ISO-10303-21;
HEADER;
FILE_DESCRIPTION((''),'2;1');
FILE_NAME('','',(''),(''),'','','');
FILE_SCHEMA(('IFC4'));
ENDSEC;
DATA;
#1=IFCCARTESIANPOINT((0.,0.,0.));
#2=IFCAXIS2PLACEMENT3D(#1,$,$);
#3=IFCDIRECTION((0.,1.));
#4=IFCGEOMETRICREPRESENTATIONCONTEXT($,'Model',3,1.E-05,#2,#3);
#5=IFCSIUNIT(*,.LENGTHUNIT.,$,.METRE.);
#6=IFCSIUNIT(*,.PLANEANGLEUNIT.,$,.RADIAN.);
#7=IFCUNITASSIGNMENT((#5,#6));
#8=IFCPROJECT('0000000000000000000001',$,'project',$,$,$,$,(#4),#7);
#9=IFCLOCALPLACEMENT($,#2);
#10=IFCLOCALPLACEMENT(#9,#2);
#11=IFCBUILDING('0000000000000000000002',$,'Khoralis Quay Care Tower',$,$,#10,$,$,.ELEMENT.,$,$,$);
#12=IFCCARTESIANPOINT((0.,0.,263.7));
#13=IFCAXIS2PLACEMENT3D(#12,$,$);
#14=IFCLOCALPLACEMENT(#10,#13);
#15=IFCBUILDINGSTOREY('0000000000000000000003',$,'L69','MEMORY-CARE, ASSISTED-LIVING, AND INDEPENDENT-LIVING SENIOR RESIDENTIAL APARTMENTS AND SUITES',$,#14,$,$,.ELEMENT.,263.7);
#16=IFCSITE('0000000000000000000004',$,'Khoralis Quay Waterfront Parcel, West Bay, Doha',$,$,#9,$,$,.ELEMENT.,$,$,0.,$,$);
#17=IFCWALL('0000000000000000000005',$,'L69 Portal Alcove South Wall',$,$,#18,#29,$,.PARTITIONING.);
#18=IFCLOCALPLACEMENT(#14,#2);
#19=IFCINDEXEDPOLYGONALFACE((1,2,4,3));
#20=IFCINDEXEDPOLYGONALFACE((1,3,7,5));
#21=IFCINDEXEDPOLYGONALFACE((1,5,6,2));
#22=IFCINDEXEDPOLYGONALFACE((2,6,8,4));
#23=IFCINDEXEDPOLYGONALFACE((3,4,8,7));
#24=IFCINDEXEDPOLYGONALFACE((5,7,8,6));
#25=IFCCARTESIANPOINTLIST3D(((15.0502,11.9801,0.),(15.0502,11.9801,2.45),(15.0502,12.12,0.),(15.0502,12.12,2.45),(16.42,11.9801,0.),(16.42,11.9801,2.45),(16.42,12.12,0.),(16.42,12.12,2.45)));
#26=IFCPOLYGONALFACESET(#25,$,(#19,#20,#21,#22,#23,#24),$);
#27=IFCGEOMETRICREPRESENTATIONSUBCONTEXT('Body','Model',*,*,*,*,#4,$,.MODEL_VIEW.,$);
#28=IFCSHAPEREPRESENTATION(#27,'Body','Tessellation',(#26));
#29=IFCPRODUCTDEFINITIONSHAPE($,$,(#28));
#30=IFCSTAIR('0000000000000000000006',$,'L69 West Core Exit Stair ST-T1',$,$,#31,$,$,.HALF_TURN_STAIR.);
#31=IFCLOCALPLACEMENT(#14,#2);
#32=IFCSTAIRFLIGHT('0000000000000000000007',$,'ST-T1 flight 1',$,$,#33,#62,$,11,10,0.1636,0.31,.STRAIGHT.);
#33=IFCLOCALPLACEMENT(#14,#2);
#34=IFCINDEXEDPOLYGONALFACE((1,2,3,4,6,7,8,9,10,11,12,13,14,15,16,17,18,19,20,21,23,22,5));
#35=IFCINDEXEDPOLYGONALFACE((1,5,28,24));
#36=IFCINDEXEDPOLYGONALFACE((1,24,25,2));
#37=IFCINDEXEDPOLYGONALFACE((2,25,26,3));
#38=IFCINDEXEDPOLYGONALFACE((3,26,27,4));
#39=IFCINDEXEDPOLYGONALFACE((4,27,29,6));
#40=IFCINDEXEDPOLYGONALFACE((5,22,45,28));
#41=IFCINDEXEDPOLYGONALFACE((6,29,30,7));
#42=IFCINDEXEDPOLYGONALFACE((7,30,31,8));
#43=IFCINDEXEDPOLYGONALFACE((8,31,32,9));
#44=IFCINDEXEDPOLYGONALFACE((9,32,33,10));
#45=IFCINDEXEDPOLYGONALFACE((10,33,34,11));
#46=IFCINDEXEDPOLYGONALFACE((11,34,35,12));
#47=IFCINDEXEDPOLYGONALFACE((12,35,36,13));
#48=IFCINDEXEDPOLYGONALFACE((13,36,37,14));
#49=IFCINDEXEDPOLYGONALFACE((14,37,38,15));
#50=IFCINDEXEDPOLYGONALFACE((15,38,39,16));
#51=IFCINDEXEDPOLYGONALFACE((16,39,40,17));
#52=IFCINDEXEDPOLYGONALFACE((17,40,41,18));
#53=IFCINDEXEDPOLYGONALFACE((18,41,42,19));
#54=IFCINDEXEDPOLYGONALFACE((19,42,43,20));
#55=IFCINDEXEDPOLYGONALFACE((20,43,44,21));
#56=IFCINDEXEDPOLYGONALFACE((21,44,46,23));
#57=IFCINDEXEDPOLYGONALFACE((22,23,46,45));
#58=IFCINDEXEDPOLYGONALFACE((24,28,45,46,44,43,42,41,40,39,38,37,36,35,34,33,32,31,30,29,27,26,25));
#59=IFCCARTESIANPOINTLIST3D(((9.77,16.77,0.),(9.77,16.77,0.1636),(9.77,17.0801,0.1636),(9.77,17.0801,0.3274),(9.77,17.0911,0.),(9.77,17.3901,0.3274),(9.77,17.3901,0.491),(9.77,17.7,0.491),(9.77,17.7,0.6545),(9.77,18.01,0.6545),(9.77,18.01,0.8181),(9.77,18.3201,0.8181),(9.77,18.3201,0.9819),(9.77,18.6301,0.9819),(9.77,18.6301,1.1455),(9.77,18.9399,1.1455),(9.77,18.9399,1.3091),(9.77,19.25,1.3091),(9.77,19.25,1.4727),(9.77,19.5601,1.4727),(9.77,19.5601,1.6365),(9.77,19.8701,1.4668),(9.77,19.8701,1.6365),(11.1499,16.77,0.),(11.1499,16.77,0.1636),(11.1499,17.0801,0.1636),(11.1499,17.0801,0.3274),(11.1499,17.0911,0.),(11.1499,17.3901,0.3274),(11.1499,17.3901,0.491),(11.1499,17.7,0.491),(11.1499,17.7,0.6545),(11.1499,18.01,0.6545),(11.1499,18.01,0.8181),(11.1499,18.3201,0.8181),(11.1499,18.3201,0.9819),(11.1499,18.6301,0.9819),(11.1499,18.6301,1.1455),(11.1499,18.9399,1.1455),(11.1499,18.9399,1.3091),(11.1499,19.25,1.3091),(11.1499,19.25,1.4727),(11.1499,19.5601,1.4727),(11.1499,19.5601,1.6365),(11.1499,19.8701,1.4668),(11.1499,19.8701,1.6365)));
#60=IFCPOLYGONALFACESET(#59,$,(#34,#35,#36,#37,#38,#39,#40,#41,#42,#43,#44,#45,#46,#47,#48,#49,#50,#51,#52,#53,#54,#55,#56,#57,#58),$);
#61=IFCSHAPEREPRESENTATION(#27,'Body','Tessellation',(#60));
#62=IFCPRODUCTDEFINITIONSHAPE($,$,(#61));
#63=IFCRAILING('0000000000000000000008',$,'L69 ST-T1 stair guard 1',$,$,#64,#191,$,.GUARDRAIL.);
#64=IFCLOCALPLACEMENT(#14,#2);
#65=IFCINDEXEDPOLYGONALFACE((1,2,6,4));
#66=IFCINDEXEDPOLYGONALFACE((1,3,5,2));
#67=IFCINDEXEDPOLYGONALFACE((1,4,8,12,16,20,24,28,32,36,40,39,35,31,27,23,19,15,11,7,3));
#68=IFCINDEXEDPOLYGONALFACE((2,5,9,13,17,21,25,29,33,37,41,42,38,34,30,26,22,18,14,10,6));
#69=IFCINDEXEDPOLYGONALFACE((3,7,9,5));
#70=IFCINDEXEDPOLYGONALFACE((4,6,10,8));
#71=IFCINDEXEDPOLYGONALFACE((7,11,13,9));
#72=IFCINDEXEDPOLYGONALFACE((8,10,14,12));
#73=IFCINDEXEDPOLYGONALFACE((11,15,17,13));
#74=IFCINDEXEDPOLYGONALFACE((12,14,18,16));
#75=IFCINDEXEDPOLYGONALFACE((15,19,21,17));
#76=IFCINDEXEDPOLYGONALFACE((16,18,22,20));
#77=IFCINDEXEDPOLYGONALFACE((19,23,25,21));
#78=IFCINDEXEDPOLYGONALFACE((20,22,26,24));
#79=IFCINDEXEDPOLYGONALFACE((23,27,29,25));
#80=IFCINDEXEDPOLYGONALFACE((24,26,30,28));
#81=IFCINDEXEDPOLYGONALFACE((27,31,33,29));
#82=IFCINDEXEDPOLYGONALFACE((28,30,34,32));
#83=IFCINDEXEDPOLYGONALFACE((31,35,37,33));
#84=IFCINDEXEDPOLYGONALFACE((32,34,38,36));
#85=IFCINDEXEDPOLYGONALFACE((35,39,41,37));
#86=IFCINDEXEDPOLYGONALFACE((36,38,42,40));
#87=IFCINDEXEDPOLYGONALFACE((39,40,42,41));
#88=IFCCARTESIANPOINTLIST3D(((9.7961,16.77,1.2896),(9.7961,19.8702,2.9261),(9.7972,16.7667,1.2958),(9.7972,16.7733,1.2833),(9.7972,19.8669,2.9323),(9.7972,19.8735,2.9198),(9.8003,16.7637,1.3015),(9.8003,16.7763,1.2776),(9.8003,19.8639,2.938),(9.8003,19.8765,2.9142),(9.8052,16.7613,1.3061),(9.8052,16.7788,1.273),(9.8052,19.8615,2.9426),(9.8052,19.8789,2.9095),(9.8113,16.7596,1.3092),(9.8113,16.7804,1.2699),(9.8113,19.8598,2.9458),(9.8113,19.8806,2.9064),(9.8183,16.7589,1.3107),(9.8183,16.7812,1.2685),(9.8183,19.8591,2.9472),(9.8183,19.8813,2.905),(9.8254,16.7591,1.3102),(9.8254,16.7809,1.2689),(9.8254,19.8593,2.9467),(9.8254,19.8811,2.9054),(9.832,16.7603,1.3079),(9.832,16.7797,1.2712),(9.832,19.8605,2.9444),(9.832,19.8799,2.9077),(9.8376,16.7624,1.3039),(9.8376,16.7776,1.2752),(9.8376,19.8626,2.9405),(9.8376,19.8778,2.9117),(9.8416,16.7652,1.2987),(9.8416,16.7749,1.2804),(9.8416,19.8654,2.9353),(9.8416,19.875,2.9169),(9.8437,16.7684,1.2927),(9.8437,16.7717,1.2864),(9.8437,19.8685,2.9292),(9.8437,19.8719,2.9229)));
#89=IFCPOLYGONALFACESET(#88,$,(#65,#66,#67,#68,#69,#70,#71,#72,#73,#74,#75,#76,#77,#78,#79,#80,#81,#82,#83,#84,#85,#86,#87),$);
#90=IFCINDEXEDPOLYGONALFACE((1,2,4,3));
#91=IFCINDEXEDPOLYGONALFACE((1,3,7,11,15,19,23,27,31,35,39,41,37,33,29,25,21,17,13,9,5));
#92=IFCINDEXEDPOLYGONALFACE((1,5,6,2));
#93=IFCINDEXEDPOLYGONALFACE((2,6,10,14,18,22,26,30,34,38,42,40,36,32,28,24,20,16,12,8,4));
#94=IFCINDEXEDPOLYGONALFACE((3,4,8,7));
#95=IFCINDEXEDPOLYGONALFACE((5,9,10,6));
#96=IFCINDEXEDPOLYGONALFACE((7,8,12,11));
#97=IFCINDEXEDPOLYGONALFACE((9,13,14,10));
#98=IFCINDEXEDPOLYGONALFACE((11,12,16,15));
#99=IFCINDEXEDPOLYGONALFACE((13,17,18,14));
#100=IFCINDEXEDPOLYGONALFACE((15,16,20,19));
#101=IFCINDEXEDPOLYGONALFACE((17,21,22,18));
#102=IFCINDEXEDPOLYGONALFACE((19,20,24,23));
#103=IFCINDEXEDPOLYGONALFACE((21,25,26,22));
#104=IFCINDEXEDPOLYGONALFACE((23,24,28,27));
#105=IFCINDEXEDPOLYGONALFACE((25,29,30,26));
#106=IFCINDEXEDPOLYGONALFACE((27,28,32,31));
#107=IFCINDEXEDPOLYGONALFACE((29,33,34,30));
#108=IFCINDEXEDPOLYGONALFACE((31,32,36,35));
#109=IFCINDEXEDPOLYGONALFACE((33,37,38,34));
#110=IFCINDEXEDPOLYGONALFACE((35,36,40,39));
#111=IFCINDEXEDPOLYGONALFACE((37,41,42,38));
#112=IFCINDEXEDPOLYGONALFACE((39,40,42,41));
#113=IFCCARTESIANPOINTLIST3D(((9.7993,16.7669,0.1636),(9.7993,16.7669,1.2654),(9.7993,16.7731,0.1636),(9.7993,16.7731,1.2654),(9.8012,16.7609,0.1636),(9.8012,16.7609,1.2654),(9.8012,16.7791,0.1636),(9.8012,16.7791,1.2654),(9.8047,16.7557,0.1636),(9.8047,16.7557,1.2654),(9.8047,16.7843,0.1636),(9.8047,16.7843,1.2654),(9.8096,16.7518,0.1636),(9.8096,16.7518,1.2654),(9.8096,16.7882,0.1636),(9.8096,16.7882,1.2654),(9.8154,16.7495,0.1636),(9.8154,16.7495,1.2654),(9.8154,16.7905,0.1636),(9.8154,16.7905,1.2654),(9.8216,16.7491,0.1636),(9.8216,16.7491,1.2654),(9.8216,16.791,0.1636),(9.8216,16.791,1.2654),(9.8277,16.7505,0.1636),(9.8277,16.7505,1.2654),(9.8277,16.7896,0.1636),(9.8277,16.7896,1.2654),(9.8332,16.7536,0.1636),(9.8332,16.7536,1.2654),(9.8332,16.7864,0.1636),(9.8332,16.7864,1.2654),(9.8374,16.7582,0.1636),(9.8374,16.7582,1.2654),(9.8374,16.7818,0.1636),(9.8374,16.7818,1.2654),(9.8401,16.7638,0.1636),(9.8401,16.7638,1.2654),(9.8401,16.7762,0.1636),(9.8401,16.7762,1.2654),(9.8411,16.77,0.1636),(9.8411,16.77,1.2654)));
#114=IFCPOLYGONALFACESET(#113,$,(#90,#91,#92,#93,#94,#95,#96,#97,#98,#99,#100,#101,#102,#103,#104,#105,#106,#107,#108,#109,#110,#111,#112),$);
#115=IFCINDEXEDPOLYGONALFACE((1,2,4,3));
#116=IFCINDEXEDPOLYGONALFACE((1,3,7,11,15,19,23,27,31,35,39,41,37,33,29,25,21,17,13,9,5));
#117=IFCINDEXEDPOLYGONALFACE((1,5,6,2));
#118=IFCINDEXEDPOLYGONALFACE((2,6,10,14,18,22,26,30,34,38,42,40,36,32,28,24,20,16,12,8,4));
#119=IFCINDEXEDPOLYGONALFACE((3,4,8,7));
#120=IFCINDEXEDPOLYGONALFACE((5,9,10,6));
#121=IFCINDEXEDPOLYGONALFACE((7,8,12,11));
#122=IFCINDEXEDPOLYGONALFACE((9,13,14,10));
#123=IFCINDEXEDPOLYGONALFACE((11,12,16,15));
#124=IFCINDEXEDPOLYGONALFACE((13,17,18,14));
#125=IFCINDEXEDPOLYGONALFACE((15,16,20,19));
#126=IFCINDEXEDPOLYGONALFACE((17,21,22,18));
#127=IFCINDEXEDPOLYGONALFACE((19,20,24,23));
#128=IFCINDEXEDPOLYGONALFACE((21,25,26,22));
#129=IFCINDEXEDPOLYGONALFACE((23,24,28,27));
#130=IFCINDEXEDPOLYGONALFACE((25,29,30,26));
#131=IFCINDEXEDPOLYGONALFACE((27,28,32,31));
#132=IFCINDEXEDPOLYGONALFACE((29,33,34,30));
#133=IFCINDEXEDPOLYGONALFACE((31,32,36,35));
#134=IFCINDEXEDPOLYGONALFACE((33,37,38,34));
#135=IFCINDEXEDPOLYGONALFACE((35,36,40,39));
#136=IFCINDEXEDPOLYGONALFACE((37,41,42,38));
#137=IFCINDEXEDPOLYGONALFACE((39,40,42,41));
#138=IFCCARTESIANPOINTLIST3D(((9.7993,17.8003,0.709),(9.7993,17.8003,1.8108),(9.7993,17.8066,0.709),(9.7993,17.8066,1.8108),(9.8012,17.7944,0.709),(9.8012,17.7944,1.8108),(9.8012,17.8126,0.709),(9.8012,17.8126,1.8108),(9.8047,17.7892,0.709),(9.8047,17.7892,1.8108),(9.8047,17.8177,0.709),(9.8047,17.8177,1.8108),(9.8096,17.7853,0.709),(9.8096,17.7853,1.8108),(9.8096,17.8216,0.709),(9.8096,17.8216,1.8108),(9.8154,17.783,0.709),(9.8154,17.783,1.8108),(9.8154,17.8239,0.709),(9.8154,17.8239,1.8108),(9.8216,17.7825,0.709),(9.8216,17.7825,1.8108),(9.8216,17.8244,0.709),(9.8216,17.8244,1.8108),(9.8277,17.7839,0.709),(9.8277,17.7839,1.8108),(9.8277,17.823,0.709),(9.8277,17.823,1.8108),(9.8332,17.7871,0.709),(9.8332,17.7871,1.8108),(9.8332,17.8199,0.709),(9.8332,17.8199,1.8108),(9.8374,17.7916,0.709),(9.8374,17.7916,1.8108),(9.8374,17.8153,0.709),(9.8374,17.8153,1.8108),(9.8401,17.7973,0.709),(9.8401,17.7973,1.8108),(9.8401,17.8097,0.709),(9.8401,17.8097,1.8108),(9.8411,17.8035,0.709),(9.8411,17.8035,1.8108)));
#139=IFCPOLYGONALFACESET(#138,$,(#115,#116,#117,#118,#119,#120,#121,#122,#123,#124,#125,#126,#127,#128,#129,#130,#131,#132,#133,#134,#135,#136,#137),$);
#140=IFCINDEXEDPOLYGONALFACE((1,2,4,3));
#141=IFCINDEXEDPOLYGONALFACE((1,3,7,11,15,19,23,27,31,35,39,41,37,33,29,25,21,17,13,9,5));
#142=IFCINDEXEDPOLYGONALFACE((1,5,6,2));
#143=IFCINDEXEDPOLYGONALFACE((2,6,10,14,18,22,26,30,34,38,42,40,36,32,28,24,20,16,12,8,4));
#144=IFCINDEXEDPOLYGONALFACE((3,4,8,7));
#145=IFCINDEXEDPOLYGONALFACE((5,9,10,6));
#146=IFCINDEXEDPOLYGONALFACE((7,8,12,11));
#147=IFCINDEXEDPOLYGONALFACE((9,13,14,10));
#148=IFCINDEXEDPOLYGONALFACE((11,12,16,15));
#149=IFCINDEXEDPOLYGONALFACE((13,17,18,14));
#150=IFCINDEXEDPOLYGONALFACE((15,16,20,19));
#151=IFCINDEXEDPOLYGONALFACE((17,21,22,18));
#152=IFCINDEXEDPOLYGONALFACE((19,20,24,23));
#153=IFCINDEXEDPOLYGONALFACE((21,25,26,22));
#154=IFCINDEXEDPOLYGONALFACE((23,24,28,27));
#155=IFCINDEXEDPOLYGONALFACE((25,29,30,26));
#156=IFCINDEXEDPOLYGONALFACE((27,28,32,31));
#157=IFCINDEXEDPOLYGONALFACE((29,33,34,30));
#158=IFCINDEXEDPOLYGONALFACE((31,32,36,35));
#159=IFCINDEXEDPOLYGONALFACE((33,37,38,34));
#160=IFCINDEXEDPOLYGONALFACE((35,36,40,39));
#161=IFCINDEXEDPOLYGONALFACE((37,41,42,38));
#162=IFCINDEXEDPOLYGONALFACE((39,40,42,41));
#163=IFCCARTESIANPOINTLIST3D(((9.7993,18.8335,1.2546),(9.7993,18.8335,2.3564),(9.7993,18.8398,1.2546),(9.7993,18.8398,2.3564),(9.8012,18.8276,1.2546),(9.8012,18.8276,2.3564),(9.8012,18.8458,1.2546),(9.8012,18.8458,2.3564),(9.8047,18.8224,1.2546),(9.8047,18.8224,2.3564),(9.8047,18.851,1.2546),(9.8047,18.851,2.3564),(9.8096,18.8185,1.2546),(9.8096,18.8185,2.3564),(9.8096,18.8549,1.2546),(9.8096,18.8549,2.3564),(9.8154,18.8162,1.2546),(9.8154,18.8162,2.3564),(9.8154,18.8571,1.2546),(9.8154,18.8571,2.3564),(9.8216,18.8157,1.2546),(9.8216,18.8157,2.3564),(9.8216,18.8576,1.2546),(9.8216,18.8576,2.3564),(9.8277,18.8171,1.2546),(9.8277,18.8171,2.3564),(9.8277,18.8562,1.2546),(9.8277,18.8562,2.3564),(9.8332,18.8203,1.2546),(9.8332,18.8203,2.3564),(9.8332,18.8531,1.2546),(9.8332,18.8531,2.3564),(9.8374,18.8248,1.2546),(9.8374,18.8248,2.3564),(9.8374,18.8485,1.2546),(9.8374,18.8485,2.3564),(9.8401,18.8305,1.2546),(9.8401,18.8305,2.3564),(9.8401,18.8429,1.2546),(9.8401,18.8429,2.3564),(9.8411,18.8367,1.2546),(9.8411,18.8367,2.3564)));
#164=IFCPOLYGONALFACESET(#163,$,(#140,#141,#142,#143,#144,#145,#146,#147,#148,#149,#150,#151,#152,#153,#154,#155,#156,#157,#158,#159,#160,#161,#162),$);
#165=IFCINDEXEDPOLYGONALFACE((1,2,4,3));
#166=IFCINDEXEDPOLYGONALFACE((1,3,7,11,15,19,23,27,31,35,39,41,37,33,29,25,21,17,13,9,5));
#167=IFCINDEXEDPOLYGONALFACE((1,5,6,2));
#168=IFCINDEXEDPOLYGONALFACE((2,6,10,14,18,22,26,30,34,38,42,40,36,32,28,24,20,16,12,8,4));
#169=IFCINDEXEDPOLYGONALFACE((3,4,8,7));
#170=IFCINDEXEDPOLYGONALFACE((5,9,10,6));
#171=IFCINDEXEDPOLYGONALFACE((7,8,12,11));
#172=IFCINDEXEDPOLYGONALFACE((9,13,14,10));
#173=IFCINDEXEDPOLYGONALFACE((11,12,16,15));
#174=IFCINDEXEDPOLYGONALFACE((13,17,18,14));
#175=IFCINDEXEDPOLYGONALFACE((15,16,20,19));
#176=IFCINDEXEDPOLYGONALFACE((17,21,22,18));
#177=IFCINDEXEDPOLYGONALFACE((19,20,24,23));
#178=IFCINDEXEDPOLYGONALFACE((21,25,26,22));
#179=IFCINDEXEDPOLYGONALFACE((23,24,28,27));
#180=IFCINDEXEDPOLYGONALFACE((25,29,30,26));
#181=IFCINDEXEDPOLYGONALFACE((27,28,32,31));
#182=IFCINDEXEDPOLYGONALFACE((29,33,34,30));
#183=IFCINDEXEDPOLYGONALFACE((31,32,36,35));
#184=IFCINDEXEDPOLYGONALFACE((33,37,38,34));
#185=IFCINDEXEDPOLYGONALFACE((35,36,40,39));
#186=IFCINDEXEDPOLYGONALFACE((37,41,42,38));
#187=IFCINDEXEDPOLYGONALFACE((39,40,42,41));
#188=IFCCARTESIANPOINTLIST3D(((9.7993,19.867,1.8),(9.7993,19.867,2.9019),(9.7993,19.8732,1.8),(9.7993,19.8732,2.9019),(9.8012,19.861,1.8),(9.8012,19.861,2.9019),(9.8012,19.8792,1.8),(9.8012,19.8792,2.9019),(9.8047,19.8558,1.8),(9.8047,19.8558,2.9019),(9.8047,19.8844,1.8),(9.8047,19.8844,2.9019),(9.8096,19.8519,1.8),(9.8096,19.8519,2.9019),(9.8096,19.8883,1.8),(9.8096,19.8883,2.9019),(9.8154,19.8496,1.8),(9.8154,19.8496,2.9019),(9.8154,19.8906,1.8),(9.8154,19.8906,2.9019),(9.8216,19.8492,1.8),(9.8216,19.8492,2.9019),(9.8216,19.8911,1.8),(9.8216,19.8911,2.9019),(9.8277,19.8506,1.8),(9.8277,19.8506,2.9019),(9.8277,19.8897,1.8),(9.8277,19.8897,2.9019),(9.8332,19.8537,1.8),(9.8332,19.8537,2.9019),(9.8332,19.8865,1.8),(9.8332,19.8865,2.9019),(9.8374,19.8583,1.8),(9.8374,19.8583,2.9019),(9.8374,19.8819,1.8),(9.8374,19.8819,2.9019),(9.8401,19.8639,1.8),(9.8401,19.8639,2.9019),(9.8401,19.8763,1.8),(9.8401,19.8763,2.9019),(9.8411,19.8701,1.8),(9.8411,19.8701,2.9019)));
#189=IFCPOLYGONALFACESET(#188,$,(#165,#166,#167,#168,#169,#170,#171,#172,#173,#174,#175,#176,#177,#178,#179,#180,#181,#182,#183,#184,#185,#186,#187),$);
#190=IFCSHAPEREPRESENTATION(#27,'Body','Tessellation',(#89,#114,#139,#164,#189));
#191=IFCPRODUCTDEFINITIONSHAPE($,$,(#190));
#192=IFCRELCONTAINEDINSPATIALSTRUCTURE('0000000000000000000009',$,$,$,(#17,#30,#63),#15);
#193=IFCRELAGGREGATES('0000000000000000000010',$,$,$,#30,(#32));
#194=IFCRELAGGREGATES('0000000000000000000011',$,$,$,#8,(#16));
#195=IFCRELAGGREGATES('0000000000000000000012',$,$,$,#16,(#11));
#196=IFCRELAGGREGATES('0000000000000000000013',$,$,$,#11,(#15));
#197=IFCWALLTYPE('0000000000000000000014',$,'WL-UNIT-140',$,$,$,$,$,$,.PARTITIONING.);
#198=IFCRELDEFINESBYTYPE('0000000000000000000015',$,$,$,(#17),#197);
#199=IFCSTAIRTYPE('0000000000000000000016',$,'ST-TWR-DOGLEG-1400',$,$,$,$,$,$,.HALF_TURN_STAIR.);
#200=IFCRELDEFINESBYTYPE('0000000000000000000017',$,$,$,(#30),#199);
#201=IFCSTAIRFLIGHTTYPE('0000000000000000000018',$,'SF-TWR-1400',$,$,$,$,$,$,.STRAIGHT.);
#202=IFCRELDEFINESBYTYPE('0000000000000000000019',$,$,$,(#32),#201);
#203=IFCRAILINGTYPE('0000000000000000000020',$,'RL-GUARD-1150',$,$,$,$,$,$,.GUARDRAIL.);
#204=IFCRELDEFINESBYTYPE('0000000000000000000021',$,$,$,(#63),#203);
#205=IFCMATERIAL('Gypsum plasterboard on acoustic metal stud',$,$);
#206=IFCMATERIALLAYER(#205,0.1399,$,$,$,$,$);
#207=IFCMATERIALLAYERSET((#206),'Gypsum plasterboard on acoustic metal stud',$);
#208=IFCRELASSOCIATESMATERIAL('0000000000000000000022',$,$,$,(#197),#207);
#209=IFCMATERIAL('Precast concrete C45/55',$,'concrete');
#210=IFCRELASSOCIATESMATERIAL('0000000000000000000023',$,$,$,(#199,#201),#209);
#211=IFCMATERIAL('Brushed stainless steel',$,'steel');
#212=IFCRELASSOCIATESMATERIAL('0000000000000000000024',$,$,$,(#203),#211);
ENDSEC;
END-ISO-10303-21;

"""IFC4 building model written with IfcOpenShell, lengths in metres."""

from ifc_helpers import new_model, si_unit, direction, frame, frame_2d, origin, origin_2d, place, context, subcontext, project, spatial, polyline, rectangle, circle, outline, extrude, source, transform, mapped, material, layer, layer_set, type_object, element, aggregate, save


model = new_model("IFC4")

# Units and contexts
model_context = context("Model", 3, precision=1e-05, world=origin(), true_north=direction((0.0, 1.0)))
body_context = subcontext(model_context, "Body", "Model", "MODEL_VIEW")
ifc_project = project(units=[si_unit("LENGTHUNIT", "METRE"), si_unit("PLANEANGLEUNIT", "RADIAN")], contexts=[model_context])

# Site, building, storey
site_placement = place(None, origin())
site = spatial("IfcSite", under=ifc_project, at=site_placement, Name="Khoralis Quay Waterfront Parcel, West Bay, Doha", CompositionType="ELEMENT", RefElevation=0.0)
building_placement = place(site_placement, origin())
building = spatial("IfcBuilding", under=site, at=building_placement, Name="Khoralis Quay Care Tower", CompositionType="ELEMENT")
storey_placement = place(building_placement, frame((0.0, 0.0, 263.7)))
storey = spatial("IfcBuildingStorey", under=building, at=storey_placement, Name="L69", Description="MEMORY-CARE, ASSISTED-LIVING, AND INDEPENDENT-LIVING SENIOR RESIDENTIAL APARTMENTS AND SUITES", CompositionType="ELEMENT", Elevation=263.7)

# Shared definitions
ifc_material_1 = material(Name="Gypsum plasterboard on acoustic metal stud")

# Wall
ifc_material_2 = material(Name="Precast concrete C45/55", Category="concrete")
ifc_layer_1 = layer(ifc_material_1, 0.1399)
ifc_layer_set_1 = layer_set([ifc_layer_1], Name="Gypsum plasterboard on acoustic metal stud")
wall_type_1 = type_object("IfcWallType", Name="WL-UNIT-140", PredefinedType="PARTITIONING", material=ifc_layer_set_1)
wall_1_placement = place(storey_placement, frame((15.05, 12.05, 0.0), z_axis=(0.0, 0.0, 1.0), x_axis=(1.0, 0.0, 0.0)))
element("IfcWall", 1, at=wall_1_placement, inside=storey, type_object=wall_type_1, Name="L69 Portal Alcove South Wall", PredefinedType="PARTITIONING", context=body_context, shape_type="SweptSolid", body=[
    extrude(rectangle(XDim=1.3699, YDim=0.1399, at=frame_2d((0.6851, 0.0))), origin(), (0.0, 0.0, 1.0), 2.45),
])

# Stair, stair flight
stair_type = type_object("IfcStairType", Name="ST-TWR-DOGLEG-1400", PredefinedType="HALF_TURN_STAIR", material=ifc_material_2)
stair_placement = place(storey_placement, origin())
stair = element("IfcStair", 2, at=stair_placement, inside=storey, type_object=stair_type, Name="L69 West Core Exit Stair ST-T1", PredefinedType="HALF_TURN_STAIR")
stair_flight_type = type_object("IfcStairFlightType", Name="SF-TWR-1400", PredefinedType="STRAIGHT", material=ifc_material_2)
shared_shape_1 = source(origin(), body_context, "Body", "SweptSolid", [
    extrude(outline(polyline([(0.0, 0.0), (0.0, 0.1636), (0.3101, 0.1636), (0.3101, 0.3274), (0.6201, 0.3274), (0.6201, 0.491), (0.9299, 0.491), (0.9299, 0.6545), (1.24, 0.6545), (1.24, 0.8181), (1.55, 0.8181), (1.55, 0.9819), (1.8601, 0.9819), (1.8601, 1.1455), (2.1699, 1.1455), (2.1699, 1.3091), (2.48, 1.3091), (2.48, 1.4727), (2.79, 1.4727), (2.79, 1.6365), (3.1001, 1.6365), (3.1001, 1.8), (3.1001, 1.4668), (0.321, 0.0), (0.0, 0.0)])), frame((0.0, 0.6899, 0.0), z_axis=(0.0, -1.0, 0.0), x_axis=(1.0, 0.0, 0.0)), (0.0, 0.0, 1.0), 1.3799),
])
stair_flight_placement = place(storey_placement, frame((10.46, 16.77, 0.0), z_axis=(0.0, 0.0, 1.0), x_axis=(0.0, 1.0, 0.0)))
stair_flight = element("IfcStairFlight", 3, at=stair_flight_placement, type_object=stair_flight_type, Name="ST-T1 flight 1", NumberOfRisers=11, NumberOfTreads=10, PredefinedType="STRAIGHT", RiserHeight=0.1636, TreadLength=0.31, context=body_context, shape_type="MappedRepresentation", body=[
    mapped(shared_shape_1, transform((0.0, 0.0, 0.0), scale=1.0)),
])
aggregate(stair, [stair_flight])

# Railing
ifc_material_3 = material(Name="Brushed stainless steel", Category="steel")
railing_type_1 = type_object("IfcRailingType", Name="RL-GUARD-1150", PredefinedType="GUARDRAIL", material=ifc_material_3)
railing_1_placement = place(storey_placement, frame((9.8201, 16.77, 0.1636)))
element("IfcRailing", 4, at=railing_1_placement, inside=storey, type_object=railing_type_1, Name="L69 ST-T1 stair guard 1", PredefinedType="GUARDRAIL", context=body_context, shape_type="SweptSolid", body=[
    extrude(circle(Radius=0.0239, at=origin_2d()), frame((0.0, 0.0, 1.126), z_axis=(0.0, 0.884348, 0.466828), x_axis=(-1.0, 0.0, 0.0)), (0.0, 0.0, 1.0), 3.5056),
    extrude(circle(Radius=0.021, at=origin_2d()), origin(), (0.0, 0.0, 1.0), 1.1018),
    extrude(circle(Radius=0.021, at=origin_2d()), frame((0.0, 1.0334, 0.5454)), (0.0, 0.0, 1.0), 1.1018),
    extrude(circle(Radius=0.021, at=origin_2d()), frame((0.0, 2.0667, 1.0911)), (0.0, 0.0, 1.0), 1.1018),
    extrude(circle(Radius=0.021, at=origin_2d()), frame((0.0, 3.1001, 1.6365)), (0.0, 0.0, 1.0), 1.1018),
])

save(model, "model.ifc")
